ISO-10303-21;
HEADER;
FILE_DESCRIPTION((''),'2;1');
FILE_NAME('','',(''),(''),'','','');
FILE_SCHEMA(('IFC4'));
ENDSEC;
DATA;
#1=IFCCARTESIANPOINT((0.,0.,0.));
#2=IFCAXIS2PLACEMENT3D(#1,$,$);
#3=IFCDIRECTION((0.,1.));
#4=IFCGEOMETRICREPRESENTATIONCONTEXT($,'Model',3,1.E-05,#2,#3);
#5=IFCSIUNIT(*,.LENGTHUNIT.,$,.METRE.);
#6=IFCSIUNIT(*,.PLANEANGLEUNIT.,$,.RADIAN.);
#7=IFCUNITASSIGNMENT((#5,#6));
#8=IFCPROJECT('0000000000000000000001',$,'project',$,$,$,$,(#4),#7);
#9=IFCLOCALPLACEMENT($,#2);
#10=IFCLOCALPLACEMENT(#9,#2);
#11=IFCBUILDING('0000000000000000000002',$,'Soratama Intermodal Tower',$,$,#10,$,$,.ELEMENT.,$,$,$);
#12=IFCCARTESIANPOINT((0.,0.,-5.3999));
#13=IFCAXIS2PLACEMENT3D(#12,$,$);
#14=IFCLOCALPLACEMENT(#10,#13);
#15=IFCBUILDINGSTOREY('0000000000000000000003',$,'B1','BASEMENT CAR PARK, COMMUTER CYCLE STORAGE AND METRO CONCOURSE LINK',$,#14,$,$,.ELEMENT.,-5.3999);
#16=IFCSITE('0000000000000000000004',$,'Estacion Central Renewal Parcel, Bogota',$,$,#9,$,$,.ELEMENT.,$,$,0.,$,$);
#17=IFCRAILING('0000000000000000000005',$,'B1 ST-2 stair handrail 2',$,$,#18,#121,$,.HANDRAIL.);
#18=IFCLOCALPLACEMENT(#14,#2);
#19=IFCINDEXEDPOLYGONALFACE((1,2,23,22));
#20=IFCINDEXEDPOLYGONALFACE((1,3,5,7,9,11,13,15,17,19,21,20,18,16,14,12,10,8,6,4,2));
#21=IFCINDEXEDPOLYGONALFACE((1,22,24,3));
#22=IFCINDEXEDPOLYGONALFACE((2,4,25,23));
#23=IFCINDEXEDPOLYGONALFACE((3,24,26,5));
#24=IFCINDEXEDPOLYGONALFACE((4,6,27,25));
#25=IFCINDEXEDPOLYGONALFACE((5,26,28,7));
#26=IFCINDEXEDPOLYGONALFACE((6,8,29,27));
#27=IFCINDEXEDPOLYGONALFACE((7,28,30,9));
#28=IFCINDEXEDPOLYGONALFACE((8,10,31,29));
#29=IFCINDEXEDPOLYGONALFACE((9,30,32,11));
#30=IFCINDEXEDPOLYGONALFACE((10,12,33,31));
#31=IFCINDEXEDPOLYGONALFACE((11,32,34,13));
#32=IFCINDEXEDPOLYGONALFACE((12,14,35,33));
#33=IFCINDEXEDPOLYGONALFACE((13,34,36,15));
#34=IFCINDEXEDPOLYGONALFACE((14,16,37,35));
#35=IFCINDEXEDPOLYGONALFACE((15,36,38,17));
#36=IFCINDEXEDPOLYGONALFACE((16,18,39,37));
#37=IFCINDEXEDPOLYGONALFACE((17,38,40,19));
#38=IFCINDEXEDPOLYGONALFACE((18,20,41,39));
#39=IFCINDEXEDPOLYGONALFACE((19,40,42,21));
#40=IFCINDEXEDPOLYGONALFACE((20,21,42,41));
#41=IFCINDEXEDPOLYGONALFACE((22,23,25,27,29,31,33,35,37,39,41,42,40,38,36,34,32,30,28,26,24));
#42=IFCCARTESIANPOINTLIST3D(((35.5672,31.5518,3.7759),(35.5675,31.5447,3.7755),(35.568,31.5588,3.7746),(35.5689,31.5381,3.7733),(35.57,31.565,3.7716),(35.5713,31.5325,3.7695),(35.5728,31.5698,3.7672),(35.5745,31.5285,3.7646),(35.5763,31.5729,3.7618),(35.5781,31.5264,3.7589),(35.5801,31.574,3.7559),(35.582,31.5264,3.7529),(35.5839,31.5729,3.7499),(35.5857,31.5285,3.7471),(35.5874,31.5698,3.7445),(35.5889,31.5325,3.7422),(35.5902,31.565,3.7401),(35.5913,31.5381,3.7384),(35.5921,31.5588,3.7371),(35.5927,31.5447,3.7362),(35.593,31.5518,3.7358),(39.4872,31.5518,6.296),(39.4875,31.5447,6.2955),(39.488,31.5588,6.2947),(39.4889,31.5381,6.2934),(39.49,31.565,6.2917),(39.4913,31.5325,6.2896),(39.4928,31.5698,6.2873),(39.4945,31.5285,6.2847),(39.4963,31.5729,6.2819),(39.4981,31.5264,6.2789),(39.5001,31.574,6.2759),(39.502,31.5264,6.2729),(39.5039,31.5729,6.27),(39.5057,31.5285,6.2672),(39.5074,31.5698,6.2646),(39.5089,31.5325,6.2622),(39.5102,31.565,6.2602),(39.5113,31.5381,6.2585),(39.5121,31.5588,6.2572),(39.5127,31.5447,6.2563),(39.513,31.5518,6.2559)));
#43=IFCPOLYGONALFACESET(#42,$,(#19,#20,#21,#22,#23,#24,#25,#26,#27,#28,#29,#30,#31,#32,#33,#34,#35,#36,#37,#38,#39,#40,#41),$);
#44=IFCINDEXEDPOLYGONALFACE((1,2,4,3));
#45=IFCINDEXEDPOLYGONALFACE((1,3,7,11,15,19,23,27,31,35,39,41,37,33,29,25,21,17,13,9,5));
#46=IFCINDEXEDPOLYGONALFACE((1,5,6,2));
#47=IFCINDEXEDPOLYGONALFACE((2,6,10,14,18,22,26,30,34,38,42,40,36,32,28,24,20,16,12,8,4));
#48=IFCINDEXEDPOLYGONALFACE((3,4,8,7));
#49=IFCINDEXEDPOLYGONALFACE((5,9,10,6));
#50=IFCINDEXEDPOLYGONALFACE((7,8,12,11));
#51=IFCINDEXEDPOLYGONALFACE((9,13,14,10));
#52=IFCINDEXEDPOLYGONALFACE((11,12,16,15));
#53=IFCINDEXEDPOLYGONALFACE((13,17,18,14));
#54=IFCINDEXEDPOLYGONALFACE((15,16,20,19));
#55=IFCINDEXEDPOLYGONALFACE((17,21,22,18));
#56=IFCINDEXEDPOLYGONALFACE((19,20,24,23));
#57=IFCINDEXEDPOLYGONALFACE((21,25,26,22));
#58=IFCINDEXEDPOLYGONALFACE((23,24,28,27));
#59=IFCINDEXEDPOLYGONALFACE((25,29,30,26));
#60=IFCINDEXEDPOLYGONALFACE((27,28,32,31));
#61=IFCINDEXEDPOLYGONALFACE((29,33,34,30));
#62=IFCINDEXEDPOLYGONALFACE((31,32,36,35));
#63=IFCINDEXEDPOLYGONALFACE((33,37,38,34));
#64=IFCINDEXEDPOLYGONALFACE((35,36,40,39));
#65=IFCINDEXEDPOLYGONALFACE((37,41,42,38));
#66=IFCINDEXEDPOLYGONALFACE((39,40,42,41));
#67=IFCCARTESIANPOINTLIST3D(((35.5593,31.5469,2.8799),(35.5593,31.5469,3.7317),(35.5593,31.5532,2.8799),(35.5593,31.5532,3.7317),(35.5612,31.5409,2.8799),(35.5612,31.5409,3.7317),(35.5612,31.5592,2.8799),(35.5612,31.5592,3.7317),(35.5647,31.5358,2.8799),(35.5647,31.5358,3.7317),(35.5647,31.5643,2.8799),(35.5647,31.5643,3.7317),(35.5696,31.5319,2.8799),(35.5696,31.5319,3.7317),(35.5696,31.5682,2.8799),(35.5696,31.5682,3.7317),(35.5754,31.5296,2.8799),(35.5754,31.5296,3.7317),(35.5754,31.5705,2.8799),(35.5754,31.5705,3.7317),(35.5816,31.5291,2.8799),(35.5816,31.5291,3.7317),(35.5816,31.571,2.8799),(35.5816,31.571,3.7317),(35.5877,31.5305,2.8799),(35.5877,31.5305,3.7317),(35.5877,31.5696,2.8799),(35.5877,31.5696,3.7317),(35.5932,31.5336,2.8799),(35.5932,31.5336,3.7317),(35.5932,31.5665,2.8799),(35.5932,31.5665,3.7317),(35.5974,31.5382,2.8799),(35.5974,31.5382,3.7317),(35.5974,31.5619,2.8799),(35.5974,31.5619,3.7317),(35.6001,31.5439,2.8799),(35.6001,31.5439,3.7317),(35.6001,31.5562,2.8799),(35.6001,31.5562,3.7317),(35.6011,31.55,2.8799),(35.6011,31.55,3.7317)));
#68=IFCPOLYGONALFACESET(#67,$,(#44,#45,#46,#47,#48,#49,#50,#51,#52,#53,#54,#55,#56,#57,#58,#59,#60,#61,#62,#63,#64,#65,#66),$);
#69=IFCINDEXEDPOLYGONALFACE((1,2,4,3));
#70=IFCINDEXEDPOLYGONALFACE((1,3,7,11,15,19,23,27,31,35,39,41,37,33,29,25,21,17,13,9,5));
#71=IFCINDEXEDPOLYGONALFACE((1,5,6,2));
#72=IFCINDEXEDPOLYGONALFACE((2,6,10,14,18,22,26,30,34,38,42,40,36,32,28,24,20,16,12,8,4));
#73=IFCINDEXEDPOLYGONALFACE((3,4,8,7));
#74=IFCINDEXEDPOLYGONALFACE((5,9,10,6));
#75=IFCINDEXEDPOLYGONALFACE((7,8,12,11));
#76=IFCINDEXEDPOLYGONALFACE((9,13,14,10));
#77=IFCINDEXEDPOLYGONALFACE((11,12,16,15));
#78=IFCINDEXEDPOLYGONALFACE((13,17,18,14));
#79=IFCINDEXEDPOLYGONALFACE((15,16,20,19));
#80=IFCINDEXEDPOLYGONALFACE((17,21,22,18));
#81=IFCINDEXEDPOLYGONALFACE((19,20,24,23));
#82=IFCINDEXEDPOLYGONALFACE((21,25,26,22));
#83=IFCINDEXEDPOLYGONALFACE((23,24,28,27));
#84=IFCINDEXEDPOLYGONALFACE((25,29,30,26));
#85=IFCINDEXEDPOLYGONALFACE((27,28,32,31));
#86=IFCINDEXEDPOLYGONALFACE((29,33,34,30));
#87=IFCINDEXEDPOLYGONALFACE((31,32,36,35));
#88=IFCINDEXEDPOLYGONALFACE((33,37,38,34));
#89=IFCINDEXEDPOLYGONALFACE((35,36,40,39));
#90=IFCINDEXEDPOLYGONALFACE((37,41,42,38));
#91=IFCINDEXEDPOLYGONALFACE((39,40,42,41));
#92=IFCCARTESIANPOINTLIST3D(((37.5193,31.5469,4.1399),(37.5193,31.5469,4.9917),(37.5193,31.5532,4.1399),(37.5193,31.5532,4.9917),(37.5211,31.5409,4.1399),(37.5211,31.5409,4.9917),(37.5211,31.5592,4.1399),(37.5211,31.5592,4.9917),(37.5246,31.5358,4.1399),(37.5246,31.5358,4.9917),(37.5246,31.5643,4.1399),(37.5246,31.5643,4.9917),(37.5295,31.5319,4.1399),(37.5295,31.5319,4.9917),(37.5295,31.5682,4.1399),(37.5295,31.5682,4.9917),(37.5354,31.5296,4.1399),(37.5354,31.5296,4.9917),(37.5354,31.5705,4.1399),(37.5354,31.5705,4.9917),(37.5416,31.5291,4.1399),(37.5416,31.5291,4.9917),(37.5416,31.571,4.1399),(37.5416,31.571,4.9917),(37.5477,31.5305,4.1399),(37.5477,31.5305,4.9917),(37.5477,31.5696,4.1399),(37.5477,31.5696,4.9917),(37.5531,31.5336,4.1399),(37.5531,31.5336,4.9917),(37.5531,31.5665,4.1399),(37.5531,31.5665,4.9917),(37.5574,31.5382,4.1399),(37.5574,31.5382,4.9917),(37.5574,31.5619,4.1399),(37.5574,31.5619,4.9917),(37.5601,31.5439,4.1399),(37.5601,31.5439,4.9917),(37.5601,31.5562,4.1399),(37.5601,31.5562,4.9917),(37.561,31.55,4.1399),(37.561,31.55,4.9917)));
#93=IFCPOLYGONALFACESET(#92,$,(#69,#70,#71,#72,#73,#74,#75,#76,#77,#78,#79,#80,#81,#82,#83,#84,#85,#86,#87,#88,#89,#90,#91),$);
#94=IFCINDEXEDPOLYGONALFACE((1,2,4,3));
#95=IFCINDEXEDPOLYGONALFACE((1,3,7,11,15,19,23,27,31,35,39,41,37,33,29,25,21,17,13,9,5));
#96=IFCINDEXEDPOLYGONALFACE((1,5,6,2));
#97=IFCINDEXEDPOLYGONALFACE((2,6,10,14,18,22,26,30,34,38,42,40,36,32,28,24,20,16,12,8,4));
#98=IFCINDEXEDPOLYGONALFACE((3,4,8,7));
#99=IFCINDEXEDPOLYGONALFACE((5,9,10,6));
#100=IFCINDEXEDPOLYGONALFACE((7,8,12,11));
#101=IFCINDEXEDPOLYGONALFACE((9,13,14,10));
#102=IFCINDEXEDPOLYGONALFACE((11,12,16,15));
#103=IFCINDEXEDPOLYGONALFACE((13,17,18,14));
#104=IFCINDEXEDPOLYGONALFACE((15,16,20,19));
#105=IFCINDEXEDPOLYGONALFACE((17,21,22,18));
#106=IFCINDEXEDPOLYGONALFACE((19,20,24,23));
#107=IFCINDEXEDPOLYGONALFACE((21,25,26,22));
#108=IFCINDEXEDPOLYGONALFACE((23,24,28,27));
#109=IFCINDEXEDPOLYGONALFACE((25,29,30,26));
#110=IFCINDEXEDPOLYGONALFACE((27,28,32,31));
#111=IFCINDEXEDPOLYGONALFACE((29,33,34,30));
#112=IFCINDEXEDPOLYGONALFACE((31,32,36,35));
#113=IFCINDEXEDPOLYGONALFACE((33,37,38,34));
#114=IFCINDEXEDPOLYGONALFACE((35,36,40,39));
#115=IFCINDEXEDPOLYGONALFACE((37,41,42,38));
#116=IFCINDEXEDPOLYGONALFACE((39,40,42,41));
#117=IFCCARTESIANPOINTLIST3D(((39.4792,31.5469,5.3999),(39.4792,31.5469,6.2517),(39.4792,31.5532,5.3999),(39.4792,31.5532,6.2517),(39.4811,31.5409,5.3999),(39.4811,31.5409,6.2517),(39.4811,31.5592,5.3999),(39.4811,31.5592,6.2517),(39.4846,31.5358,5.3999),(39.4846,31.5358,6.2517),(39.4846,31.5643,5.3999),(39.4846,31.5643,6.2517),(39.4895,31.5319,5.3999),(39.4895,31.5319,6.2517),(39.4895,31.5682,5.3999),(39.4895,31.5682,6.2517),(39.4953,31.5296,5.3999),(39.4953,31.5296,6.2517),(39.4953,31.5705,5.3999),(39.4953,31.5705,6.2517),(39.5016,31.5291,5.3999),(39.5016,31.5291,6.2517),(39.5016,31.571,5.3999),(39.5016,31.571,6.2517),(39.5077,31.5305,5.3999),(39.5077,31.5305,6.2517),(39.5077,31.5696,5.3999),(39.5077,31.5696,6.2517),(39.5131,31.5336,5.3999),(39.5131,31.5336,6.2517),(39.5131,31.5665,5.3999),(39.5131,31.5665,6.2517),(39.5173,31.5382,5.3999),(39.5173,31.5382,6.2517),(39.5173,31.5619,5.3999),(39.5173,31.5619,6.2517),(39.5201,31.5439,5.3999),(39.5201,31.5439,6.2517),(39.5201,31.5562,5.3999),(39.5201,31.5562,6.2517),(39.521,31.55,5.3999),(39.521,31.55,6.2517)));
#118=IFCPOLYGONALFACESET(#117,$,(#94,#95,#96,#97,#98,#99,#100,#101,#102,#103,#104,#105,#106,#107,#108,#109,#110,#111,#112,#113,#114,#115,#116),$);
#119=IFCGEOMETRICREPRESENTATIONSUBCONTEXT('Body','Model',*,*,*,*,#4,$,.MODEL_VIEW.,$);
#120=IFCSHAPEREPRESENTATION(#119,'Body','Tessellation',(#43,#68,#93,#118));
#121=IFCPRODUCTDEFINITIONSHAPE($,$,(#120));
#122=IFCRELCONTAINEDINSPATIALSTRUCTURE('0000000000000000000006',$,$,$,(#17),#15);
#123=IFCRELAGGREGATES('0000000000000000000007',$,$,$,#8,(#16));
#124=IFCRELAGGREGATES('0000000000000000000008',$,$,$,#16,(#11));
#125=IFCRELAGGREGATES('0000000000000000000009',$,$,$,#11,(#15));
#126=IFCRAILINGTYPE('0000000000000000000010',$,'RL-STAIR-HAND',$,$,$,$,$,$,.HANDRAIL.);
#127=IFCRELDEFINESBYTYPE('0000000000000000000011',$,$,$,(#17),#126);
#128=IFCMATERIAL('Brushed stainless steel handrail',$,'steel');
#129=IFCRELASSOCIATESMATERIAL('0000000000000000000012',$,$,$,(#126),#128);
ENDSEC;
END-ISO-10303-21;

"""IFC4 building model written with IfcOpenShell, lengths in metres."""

from ifc_helpers import new_model, si_unit, direction, frame, origin, origin_2d, place, context, subcontext, project, spatial, circle, extrude, material, type_object, element, save


model = new_model("IFC4")

# Units and contexts
model_context = context("Model", 3, precision=1e-05, world=origin(), true_north=direction((0.0, 1.0)))
body_context = subcontext(model_context, "Body", "Model", "MODEL_VIEW")
ifc_project = project(units=[si_unit("LENGTHUNIT", "METRE"), si_unit("PLANEANGLEUNIT", "RADIAN")], contexts=[model_context])

# Site, building, storey
site_placement = place(None, origin())
site = spatial("IfcSite", under=ifc_project, at=site_placement, Name="Estacion Central Renewal Parcel, Bogota", CompositionType="ELEMENT", RefElevation=0.0)
building_placement = place(site_placement, origin())
building = spatial("IfcBuilding", under=site, at=building_placement, Name="Soratama Intermodal Tower", CompositionType="ELEMENT")
storey_placement = place(building_placement, frame((0.0, 0.0, -5.3999)))
storey = spatial("IfcBuildingStorey", under=building, at=storey_placement, Name="B1", Description="BASEMENT CAR PARK, COMMUTER CYCLE STORAGE AND METRO CONCOURSE LINK", CompositionType="ELEMENT", Elevation=-5.3999)

# Railing
ifc_material_1 = material(Name="Brushed stainless steel handrail", Category="steel")
railing_type_1 = type_object("IfcRailingType", Name="RL-STAIR-HAND", PredefinedType="HANDRAIL", material=ifc_material_1)
railing_1_placement = place(storey_placement, frame((35.5801, 31.55, 2.8799)))
element("IfcRailing", 1, at=railing_1_placement, inside=storey, type_object=railing_type_1, Name="B1 ST-2 stair handrail 2", PredefinedType="HANDRAIL", context=body_context, shape_type="SweptSolid", body=[
    extrude(circle(Radius=0.0239, at=origin_2d()), frame((0.0, 0.0, 0.876), z_axis=(0.841172, 0.0, 0.540768), x_axis=(0.0, 1.0, 0.0)), (0.0, 0.0, 1.0), 4.6602),
    extrude(circle(Radius=0.021, at=origin_2d()), origin(), (0.0, 0.0, 1.0), 0.8518),
    extrude(circle(Radius=0.021, at=origin_2d()), frame((1.96, 0.0, 1.26)), (0.0, 0.0, 1.0), 0.8518),
    extrude(circle(Radius=0.021, at=origin_2d()), frame((3.9199, 0.0, 2.52)), (0.0, 0.0, 1.0), 0.8518),
])

save(model, "model.ifc")
